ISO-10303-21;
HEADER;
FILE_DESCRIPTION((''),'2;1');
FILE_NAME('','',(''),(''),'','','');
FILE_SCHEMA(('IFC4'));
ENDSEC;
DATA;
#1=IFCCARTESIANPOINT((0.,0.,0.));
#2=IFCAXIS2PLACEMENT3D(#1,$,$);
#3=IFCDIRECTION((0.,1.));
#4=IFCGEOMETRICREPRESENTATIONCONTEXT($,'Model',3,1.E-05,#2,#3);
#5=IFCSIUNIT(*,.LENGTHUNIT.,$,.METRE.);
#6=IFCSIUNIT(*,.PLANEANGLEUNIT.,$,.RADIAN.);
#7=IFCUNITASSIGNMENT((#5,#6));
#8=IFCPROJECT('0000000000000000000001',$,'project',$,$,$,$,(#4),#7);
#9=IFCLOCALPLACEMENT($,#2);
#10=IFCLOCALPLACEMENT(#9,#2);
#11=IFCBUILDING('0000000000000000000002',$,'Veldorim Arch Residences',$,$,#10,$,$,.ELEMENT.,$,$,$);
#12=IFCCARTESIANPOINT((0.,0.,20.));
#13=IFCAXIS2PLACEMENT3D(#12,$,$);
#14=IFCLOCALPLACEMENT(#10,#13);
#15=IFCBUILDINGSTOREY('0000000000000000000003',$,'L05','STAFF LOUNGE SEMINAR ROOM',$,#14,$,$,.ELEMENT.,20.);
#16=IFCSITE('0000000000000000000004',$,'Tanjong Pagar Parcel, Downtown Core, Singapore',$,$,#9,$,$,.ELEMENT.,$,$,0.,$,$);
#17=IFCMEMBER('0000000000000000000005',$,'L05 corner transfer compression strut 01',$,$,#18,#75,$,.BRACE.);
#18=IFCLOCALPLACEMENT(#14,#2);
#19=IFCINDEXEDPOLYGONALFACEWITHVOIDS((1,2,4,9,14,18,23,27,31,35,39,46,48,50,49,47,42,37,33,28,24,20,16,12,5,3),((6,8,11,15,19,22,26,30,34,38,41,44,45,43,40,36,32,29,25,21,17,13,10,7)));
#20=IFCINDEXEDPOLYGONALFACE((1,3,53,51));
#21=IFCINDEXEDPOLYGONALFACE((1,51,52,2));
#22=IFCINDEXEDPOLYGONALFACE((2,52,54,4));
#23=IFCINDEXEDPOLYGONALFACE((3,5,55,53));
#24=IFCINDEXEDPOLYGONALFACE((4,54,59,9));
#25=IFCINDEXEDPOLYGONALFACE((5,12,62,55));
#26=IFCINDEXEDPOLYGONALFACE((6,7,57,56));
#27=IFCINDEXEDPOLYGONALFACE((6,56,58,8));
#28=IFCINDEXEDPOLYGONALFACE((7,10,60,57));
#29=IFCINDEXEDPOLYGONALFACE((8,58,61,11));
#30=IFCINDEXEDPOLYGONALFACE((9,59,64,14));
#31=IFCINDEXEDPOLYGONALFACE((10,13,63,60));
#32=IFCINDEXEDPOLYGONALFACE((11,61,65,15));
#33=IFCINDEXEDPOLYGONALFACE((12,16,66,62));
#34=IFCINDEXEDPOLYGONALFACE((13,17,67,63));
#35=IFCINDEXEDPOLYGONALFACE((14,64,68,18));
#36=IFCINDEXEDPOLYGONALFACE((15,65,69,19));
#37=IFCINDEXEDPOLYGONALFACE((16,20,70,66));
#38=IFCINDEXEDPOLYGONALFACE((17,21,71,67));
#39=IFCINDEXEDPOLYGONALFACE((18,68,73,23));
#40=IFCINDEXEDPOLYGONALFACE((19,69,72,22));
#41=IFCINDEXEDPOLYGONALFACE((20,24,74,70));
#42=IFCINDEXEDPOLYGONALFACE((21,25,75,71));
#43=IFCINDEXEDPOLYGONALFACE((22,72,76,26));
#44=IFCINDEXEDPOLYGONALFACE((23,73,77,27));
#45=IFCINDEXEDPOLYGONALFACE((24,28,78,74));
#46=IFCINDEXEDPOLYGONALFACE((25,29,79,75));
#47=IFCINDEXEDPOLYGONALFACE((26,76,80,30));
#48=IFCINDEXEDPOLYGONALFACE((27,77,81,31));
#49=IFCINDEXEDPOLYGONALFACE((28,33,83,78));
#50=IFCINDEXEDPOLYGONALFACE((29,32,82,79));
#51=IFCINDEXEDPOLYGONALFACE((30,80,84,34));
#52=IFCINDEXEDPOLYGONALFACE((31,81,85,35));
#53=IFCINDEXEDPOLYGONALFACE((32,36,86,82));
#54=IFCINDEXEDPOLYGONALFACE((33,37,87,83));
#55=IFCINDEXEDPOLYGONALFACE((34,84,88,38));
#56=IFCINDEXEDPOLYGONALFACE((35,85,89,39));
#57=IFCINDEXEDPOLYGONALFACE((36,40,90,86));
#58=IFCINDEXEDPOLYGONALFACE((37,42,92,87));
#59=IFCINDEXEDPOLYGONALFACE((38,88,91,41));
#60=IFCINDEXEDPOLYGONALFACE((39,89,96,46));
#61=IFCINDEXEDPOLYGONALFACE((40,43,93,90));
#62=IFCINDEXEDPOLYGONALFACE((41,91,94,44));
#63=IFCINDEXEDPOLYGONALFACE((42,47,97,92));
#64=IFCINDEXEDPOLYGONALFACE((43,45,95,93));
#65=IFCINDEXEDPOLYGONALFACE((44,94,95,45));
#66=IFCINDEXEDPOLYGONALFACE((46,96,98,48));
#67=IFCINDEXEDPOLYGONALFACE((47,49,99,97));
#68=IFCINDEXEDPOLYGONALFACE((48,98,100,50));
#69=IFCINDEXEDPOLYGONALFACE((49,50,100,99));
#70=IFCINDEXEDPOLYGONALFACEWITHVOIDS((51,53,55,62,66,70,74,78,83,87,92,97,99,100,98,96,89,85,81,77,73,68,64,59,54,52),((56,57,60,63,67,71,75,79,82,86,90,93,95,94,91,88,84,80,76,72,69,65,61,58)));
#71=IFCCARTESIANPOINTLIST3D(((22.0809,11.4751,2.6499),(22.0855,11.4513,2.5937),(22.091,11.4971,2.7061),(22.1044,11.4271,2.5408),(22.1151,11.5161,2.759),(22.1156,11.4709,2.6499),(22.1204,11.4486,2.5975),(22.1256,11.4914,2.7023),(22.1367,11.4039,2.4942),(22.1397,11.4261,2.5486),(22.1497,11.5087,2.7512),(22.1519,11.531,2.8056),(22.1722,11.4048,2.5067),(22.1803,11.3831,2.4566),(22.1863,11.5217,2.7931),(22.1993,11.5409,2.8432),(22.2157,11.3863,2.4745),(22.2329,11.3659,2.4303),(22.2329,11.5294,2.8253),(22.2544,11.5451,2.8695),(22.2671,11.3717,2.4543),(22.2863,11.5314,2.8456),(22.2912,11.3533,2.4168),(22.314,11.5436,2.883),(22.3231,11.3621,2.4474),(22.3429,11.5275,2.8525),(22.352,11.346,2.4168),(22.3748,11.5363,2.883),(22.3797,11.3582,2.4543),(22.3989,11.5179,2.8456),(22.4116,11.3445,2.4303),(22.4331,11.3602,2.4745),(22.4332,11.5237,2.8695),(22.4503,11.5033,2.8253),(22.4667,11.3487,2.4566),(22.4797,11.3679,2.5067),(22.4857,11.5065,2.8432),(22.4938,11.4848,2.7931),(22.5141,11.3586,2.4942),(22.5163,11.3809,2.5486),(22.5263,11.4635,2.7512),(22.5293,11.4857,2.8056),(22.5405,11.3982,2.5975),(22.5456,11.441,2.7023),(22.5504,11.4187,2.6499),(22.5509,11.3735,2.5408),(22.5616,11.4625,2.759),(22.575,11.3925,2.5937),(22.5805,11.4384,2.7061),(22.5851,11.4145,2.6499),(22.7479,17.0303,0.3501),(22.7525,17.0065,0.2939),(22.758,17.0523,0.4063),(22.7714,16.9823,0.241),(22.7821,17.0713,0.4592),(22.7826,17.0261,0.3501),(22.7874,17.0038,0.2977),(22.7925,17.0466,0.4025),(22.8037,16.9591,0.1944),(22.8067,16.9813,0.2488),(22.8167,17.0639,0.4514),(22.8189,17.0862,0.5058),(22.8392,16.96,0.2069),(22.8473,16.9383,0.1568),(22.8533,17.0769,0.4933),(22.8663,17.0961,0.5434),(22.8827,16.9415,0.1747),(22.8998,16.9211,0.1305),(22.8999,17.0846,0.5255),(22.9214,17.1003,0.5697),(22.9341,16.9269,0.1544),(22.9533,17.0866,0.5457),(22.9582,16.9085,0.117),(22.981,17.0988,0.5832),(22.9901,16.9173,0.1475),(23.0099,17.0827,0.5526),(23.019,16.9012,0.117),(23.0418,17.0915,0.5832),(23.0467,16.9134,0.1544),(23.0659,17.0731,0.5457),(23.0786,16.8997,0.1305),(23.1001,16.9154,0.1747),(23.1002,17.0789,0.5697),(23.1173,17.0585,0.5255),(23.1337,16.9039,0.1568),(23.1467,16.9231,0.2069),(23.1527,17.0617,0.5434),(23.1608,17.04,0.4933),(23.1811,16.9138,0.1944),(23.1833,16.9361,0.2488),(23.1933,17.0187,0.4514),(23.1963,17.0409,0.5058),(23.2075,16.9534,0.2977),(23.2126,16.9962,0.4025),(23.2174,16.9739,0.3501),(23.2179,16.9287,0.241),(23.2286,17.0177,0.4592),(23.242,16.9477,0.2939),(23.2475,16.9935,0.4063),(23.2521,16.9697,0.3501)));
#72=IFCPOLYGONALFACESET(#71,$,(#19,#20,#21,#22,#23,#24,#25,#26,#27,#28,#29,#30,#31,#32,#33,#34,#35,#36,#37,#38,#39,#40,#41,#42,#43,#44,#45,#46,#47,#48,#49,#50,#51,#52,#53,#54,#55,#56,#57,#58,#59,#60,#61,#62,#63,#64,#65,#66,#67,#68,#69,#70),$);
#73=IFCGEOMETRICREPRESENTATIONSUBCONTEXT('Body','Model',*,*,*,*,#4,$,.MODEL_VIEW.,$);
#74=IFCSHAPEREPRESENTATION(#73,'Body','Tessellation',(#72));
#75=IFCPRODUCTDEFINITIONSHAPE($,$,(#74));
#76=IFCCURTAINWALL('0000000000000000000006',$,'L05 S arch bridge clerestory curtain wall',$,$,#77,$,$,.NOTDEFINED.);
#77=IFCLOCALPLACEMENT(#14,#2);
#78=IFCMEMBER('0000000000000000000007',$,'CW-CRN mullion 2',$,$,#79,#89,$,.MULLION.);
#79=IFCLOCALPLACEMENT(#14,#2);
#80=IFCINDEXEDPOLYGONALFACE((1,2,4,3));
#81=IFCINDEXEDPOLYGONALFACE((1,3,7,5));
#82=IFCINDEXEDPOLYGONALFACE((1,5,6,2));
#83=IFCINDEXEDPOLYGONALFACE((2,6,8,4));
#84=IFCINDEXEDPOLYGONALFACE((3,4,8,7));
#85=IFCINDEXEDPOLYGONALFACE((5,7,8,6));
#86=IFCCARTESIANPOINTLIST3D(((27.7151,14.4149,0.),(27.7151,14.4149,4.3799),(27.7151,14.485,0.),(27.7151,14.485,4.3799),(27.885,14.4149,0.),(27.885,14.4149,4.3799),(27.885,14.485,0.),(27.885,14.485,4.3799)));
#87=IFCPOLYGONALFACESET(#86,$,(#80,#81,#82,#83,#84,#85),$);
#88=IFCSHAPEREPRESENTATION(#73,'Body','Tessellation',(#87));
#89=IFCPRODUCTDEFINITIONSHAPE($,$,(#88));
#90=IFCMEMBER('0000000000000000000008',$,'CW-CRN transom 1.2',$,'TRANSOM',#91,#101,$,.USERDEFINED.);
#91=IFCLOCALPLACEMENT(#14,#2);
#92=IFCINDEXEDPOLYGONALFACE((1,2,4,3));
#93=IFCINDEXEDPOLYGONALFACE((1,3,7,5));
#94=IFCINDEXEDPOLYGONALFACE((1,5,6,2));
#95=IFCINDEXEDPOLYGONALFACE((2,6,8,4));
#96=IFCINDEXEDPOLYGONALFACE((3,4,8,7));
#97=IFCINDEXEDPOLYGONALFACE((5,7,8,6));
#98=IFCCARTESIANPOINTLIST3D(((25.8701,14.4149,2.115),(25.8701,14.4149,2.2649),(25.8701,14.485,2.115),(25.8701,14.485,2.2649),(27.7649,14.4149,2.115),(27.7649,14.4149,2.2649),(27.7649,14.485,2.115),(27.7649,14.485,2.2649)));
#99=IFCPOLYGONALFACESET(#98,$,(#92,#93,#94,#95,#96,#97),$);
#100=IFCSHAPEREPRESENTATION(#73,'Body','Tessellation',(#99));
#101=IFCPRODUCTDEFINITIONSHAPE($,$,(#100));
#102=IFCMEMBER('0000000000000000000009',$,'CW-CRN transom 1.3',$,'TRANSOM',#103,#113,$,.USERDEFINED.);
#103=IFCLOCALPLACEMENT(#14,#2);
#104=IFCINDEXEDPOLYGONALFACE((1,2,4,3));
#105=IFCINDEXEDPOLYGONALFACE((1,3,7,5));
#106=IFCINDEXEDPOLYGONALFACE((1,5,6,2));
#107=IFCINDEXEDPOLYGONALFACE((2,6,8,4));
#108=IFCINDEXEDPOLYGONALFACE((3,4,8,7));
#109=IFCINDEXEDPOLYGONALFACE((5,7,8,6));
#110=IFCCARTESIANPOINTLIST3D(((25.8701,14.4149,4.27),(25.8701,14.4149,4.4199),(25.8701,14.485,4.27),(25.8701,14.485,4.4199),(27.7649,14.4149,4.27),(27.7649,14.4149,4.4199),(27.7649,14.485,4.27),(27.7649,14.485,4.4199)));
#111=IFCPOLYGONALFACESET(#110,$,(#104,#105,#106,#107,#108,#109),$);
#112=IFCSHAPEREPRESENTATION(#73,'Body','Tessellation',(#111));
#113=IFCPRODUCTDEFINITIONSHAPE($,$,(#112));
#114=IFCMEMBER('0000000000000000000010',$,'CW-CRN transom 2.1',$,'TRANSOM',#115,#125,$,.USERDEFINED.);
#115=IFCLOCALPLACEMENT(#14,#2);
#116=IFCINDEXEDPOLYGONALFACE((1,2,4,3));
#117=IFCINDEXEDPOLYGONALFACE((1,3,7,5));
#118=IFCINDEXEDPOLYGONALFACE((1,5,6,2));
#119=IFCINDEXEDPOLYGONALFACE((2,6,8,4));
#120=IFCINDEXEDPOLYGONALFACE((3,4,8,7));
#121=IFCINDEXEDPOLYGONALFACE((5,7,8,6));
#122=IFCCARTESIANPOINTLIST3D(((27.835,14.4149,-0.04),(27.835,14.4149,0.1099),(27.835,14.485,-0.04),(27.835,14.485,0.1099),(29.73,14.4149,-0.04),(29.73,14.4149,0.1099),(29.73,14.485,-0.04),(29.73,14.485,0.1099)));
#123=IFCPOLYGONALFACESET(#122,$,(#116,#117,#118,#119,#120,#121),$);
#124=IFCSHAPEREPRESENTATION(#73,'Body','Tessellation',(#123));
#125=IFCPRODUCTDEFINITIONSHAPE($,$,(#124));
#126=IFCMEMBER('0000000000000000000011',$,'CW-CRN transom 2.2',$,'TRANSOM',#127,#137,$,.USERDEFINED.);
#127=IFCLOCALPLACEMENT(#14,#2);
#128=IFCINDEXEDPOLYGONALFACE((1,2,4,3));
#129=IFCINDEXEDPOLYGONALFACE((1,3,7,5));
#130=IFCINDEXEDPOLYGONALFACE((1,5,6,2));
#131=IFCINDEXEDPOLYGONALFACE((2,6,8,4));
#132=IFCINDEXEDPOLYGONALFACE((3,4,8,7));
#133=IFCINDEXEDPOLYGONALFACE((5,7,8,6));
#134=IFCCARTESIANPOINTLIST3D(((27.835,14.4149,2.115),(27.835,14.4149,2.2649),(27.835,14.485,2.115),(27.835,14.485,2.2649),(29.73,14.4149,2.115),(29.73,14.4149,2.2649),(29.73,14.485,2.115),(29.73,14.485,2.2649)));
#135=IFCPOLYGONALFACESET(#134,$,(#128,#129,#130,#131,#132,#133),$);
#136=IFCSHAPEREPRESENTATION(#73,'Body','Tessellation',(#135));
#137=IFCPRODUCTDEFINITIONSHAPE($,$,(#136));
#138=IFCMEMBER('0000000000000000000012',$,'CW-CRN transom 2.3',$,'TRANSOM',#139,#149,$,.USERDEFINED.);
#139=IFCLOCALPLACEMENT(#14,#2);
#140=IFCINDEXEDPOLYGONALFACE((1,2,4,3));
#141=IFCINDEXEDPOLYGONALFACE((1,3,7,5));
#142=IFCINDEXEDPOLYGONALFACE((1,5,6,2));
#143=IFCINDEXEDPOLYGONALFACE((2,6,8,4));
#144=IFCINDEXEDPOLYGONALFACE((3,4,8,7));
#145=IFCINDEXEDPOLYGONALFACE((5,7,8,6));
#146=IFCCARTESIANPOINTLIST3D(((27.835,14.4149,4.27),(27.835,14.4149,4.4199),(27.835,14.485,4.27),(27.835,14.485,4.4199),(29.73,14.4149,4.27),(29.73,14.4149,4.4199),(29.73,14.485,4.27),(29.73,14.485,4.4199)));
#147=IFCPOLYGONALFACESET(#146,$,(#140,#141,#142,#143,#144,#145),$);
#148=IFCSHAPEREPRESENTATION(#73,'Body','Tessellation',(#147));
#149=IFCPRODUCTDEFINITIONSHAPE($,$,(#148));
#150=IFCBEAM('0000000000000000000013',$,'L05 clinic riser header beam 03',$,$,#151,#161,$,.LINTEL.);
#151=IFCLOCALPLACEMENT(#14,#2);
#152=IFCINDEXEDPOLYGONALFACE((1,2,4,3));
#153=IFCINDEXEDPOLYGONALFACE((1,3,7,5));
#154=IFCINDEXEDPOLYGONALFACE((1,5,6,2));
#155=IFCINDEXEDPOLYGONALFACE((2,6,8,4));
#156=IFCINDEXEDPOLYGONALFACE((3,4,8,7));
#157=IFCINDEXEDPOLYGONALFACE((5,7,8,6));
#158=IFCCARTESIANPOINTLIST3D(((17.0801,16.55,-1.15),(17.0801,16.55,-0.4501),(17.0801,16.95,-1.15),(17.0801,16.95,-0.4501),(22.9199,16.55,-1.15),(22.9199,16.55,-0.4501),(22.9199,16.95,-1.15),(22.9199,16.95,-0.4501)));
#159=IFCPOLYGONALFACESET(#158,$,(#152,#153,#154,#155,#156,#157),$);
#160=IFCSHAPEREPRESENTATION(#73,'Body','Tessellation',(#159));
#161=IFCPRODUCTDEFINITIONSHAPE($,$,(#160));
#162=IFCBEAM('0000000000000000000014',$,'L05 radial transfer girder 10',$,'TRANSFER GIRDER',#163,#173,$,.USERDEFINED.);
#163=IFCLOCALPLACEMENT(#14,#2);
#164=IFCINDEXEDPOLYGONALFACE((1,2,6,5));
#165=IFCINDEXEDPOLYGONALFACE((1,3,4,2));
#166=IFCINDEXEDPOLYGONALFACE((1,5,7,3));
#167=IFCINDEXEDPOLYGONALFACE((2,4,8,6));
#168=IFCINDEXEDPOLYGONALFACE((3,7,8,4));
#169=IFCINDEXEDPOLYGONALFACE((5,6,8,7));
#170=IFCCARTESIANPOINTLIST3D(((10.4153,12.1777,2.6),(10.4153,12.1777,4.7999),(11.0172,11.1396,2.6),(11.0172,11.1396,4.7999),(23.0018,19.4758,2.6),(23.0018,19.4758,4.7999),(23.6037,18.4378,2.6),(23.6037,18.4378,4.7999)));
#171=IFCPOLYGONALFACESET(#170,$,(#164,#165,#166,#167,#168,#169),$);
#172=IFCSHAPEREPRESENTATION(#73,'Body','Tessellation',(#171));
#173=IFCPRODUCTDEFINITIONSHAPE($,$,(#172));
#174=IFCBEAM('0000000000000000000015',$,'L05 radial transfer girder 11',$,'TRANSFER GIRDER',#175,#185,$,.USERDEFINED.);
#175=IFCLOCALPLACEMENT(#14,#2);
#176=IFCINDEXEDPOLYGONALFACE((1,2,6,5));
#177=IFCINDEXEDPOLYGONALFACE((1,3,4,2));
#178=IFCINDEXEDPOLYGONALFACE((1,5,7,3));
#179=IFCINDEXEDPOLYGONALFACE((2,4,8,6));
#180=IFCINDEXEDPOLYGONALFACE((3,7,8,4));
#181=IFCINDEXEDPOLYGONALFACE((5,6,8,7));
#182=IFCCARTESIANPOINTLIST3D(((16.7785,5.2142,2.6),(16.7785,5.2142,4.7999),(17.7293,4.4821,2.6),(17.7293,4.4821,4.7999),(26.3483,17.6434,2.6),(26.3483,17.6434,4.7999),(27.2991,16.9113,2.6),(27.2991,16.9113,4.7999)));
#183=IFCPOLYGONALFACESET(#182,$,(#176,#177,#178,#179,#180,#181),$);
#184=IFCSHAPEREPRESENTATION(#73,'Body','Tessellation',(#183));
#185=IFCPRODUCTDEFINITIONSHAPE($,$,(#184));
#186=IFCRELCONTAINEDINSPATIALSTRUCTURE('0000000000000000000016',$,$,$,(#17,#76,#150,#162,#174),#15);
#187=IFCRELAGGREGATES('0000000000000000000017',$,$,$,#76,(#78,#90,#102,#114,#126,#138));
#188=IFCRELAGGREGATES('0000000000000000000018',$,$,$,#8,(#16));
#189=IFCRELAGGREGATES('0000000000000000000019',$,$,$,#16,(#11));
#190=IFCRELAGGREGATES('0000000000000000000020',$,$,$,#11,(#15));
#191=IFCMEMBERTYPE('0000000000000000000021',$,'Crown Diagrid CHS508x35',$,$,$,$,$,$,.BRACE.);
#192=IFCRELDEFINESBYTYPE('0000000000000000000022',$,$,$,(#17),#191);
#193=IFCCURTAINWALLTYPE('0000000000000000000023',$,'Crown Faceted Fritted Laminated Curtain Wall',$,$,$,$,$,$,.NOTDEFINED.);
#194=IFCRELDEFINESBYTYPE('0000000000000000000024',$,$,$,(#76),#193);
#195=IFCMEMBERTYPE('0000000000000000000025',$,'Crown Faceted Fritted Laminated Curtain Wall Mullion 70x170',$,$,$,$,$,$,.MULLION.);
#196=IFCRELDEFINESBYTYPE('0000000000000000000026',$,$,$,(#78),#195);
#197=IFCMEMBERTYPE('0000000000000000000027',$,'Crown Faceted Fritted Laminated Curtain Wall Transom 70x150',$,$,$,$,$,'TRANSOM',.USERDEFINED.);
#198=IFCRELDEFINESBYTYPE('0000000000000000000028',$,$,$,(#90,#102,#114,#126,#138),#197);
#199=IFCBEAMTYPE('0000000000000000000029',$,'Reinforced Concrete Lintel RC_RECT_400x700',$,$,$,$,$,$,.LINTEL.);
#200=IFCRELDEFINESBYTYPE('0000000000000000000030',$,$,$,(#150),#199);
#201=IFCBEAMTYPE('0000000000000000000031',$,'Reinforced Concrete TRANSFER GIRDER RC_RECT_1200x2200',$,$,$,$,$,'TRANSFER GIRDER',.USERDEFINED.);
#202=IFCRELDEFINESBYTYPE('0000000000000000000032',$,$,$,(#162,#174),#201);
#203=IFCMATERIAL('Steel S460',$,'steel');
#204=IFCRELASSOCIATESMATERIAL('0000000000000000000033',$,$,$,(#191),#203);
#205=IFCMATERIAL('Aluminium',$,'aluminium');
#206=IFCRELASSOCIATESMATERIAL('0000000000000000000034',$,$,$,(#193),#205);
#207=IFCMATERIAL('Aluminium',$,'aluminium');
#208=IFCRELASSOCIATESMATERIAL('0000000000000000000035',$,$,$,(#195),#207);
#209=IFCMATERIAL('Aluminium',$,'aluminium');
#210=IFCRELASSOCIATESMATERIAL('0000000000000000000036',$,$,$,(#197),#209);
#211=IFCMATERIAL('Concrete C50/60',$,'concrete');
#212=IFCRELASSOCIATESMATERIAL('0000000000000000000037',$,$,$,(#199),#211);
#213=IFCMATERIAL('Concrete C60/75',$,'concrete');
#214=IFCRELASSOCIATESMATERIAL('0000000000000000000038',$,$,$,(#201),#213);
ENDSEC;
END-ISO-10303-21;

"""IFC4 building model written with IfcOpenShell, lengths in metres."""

from ifc_helpers import new_model, si_unit, direction, frame, origin, origin_2d, place, context, subcontext, project, spatial, rectangle, hollow_circle, extrude, material, material_profile, profile_set, type_object, element, aggregate, save


model = new_model("IFC4")

# Units and contexts
model_context = context("Model", 3, precision=1e-05, world=origin(), true_north=direction((0.0, 1.0)))
body_context = subcontext(model_context, "Body", "Model", "MODEL_VIEW")
ifc_project = project(units=[si_unit("LENGTHUNIT", "METRE"), si_unit("PLANEANGLEUNIT", "RADIAN")], contexts=[model_context])

# Site, building, storey
site_placement = place(None, origin())
site = spatial("IfcSite", under=ifc_project, at=site_placement, Name="Tanjong Pagar Parcel, Downtown Core, Singapore", CompositionType="ELEMENT", RefElevation=0.0)
building_placement = place(site_placement, origin())
building = spatial("IfcBuilding", under=site, at=building_placement, Name="Veldorim Arch Residences", CompositionType="ELEMENT")
storey_placement = place(building_placement, frame((0.0, 0.0, 20.0)))
storey = spatial("IfcBuildingStorey", under=building, at=storey_placement, Name="L05", Description="STAFF LOUNGE SEMINAR ROOM", CompositionType="ELEMENT", Elevation=20.0)

# Member
ifc_material_1 = material(Name="Steel S460", Category="steel")
ifc_material_profile_1 = material_profile(ifc_material_1, hollow_circle(Radius=0.2539, WallThickness=0.0349, at=origin_2d()), Name="CHS508x35")
ifc_profile_set_1 = profile_set([ifc_material_profile_1], Name="Steel S460")
member_type_1 = type_object("IfcMemberType", Name="Crown Diagrid CHS508x35", PredefinedType="BRACE", material=ifc_profile_set_1)
member_1_placement = place(storey_placement, frame((23.0, 17.0, 0.3501), z_axis=(-0.11026, -0.918318, 0.380177), x_axis=(0.992869, -0.119211, 0.0)))
element("IfcMember", 1, at=member_1_placement, inside=storey, type_object=member_type_1, Name="L05 corner transfer compression strut 01", PredefinedType="BRACE", context=body_context, shape_type="SweptSolid", body=[
    extrude(hollow_circle(Radius=0.2539, WallThickness=0.0349, at=origin_2d()), origin(), (0.0, 0.0, 1.0), 6.0493),
])

# Curtain wall, members
ifc_material_2 = material(Name="Aluminium", Category="aluminium")
curtain_wall_type = type_object("IfcCurtainWallType", Name="Crown Faceted Fritted Laminated Curtain Wall", PredefinedType="NOTDEFINED", material=ifc_material_2)
curtain_wall_placement = place(storey_placement, origin())
curtain_wall = element("IfcCurtainWall", 2, at=curtain_wall_placement, inside=storey, type_object=curtain_wall_type, Name="L05 S arch bridge clerestory curtain wall", PredefinedType="NOTDEFINED")
ifc_material_3 = material(Name="Aluminium", Category="aluminium")
ifc_material_profile_2 = material_profile(ifc_material_3, rectangle(XDim=0.0701, YDim=0.1699, at=origin_2d()), Name="ALU_MUL_70x170")
ifc_profile_set_2 = profile_set([ifc_material_profile_2], Name="Aluminium")
member_type_2 = type_object("IfcMemberType", Name="Crown Faceted Fritted Laminated Curtain Wall Mullion 70x170", PredefinedType="MULLION", material=ifc_profile_set_2)
member_2_placement = place(storey_placement, frame((27.8, 14.45, 0.0), z_axis=(0.0, 0.0, 1.0), x_axis=(0.0, 1.0, 0.0)))
member_2 = element("IfcMember", 3, at=member_2_placement, type_object=member_type_2, Name="CW-CRN mullion 2", PredefinedType="MULLION", context=body_context, shape_type="SweptSolid", body=[
    extrude(rectangle(XDim=0.0701, YDim=0.1699, at=origin_2d()), origin(), (0.0, 0.0, 1.0), 4.3799),
])
ifc_material_4 = material(Name="Aluminium", Category="aluminium")
ifc_material_profile_3 = material_profile(ifc_material_4, rectangle(XDim=0.0701, YDim=0.1499, at=origin_2d()), Name="ALU_TRN_70x150")
ifc_profile_set_3 = profile_set([ifc_material_profile_3], Name="Aluminium")
member_type_3 = type_object("IfcMemberType", Name="Crown Faceted Fritted Laminated Curtain Wall Transom 70x150", ElementType="TRANSOM", PredefinedType="USERDEFINED", material=ifc_profile_set_3)
member_3_placement = place(storey_placement, frame((25.8701, 14.45, 2.1899), z_axis=(1.0, 0.0, 0.0), x_axis=(0.0, 1.0, 0.0)))
member_3 = element("IfcMember", 4, at=member_3_placement, type_object=member_type_3, Name="CW-CRN transom 1.2", ObjectType="TRANSOM", PredefinedType="USERDEFINED", context=body_context, shape_type="SweptSolid", body=[
    extrude(rectangle(XDim=0.0701, YDim=0.1499, at=origin_2d()), origin(), (0.0, 0.0, 1.0), 1.8948),
])
member_4_placement = place(storey_placement, frame((25.8701, 14.45, 4.345), z_axis=(1.0, 0.0, 0.0), x_axis=(0.0, 1.0, 0.0)))
member_4 = element("IfcMember", 5, at=member_4_placement, type_object=member_type_3, Name="CW-CRN transom 1.3", ObjectType="TRANSOM", PredefinedType="USERDEFINED", context=body_context, shape_type="SweptSolid", body=[
    extrude(rectangle(XDim=0.0701, YDim=0.1499, at=origin_2d()), origin(), (0.0, 0.0, 1.0), 1.8948),
])
member_5_placement = place(storey_placement, frame((27.835, 14.45, 0.0349), z_axis=(1.0, 0.0, 0.0), x_axis=(0.0, 1.0, 0.0)))
member_5 = element("IfcMember", 6, at=member_5_placement, type_object=member_type_3, Name="CW-CRN transom 2.1", ObjectType="TRANSOM", PredefinedType="USERDEFINED", context=body_context, shape_type="SweptSolid", body=[
    extrude(rectangle(XDim=0.0701, YDim=0.1499, at=origin_2d()), origin(), (0.0, 0.0, 1.0), 1.895),
])
member_6_placement = place(storey_placement, frame((27.835, 14.45, 2.1899), z_axis=(1.0, 0.0, 0.0), x_axis=(0.0, 1.0, 0.0)))
member_6 = element("IfcMember", 7, at=member_6_placement, type_object=member_type_3, Name="CW-CRN transom 2.2", ObjectType="TRANSOM", PredefinedType="USERDEFINED", context=body_context, shape_type="SweptSolid", body=[
    extrude(rectangle(XDim=0.0701, YDim=0.1499, at=origin_2d()), origin(), (0.0, 0.0, 1.0), 1.895),
])
member_7_placement = place(storey_placement, frame((27.835, 14.45, 4.345), z_axis=(1.0, 0.0, 0.0), x_axis=(0.0, 1.0, 0.0)))
member_7 = element("IfcMember", 8, at=member_7_placement, type_object=member_type_3, Name="CW-CRN transom 2.3", ObjectType="TRANSOM", PredefinedType="USERDEFINED", context=body_context, shape_type="SweptSolid", body=[
    extrude(rectangle(XDim=0.0701, YDim=0.1499, at=origin_2d()), origin(), (0.0, 0.0, 1.0), 1.895),
])

# Beams
ifc_material_5 = material(Name="Concrete C50/60", Category="concrete")
ifc_material_profile_4 = material_profile(ifc_material_5, rectangle(XDim=0.3999, YDim=0.7, at=origin_2d()), Name="RC_RECT_400x700")
ifc_profile_set_4 = profile_set([ifc_material_profile_4], Name="Concrete C50/60")
beam_type_1 = type_object("IfcBeamType", Name="Reinforced Concrete Lintel RC_RECT_400x700", PredefinedType="LINTEL", material=ifc_profile_set_4)
beam_1_placement = place(storey_placement, frame((17.0801, 16.75, -0.8), z_axis=(1.0, 0.0, 0.0), x_axis=(0.0, 1.0, 0.0)))
element("IfcBeam", 9, at=beam_1_placement, inside=storey, type_object=beam_type_1, Name="L05 clinic riser header beam 03", PredefinedType="LINTEL", context=body_context, shape_type="SweptSolid", body=[
    extrude(rectangle(XDim=0.3999, YDim=0.7, at=origin_2d()), origin(), (0.0, 0.0, 1.0), 5.8398),
])
ifc_material_6 = material(Name="Concrete C60/75", Category="concrete")
ifc_material_profile_5 = material_profile(ifc_material_6, rectangle(XDim=1.2, YDim=2.2, at=origin_2d()), Name="RC_RECT_1200x2200")
ifc_profile_set_5 = profile_set([ifc_material_profile_5], Name="Concrete C60/75")
beam_type_2 = type_object("IfcBeamType", Name="Reinforced Concrete TRANSFER GIRDER RC_RECT_1200x2200", ElementType="TRANSFER GIRDER", PredefinedType="USERDEFINED", material=ifc_profile_set_5)
beam_2_placement = place(storey_placement, frame((23.3027, 18.9568, 3.7), z_axis=(-0.865092, -0.501614, 0.0), x_axis=(0.501614, -0.865092, 0.0)))
element("IfcBeam", 10, at=beam_2_placement, inside=storey, type_object=beam_type_2, Name="L05 radial transfer girder 10", ObjectType="TRANSFER GIRDER", PredefinedType="USERDEFINED", context=body_context, shape_type="SweptSolid", body=[
    extrude(rectangle(XDim=1.2, YDim=2.2, at=origin_2d()), origin(), (0.0, 0.0, 1.0), 14.5493),
])
beam_3_placement = place(storey_placement, frame((26.8237, 17.2773, 3.7), z_axis=(-0.610067, -0.79235, 0.0), x_axis=(0.79235, -0.610067, 0.0)))
element("IfcBeam", 11, at=beam_3_placement, inside=storey, type_object=beam_type_2, Name="L05 radial transfer girder 11", ObjectType="TRANSFER GIRDER", PredefinedType="USERDEFINED", context=body_context, shape_type="SweptSolid", body=[
    extrude(rectangle(XDim=1.2, YDim=2.2, at=origin_2d()), origin(), (0.0, 0.0, 1.0), 15.6865),
])

aggregate(curtain_wall, [member_2, member_3, member_4, member_5, member_6, member_7])

save(model, "model.ifc")
